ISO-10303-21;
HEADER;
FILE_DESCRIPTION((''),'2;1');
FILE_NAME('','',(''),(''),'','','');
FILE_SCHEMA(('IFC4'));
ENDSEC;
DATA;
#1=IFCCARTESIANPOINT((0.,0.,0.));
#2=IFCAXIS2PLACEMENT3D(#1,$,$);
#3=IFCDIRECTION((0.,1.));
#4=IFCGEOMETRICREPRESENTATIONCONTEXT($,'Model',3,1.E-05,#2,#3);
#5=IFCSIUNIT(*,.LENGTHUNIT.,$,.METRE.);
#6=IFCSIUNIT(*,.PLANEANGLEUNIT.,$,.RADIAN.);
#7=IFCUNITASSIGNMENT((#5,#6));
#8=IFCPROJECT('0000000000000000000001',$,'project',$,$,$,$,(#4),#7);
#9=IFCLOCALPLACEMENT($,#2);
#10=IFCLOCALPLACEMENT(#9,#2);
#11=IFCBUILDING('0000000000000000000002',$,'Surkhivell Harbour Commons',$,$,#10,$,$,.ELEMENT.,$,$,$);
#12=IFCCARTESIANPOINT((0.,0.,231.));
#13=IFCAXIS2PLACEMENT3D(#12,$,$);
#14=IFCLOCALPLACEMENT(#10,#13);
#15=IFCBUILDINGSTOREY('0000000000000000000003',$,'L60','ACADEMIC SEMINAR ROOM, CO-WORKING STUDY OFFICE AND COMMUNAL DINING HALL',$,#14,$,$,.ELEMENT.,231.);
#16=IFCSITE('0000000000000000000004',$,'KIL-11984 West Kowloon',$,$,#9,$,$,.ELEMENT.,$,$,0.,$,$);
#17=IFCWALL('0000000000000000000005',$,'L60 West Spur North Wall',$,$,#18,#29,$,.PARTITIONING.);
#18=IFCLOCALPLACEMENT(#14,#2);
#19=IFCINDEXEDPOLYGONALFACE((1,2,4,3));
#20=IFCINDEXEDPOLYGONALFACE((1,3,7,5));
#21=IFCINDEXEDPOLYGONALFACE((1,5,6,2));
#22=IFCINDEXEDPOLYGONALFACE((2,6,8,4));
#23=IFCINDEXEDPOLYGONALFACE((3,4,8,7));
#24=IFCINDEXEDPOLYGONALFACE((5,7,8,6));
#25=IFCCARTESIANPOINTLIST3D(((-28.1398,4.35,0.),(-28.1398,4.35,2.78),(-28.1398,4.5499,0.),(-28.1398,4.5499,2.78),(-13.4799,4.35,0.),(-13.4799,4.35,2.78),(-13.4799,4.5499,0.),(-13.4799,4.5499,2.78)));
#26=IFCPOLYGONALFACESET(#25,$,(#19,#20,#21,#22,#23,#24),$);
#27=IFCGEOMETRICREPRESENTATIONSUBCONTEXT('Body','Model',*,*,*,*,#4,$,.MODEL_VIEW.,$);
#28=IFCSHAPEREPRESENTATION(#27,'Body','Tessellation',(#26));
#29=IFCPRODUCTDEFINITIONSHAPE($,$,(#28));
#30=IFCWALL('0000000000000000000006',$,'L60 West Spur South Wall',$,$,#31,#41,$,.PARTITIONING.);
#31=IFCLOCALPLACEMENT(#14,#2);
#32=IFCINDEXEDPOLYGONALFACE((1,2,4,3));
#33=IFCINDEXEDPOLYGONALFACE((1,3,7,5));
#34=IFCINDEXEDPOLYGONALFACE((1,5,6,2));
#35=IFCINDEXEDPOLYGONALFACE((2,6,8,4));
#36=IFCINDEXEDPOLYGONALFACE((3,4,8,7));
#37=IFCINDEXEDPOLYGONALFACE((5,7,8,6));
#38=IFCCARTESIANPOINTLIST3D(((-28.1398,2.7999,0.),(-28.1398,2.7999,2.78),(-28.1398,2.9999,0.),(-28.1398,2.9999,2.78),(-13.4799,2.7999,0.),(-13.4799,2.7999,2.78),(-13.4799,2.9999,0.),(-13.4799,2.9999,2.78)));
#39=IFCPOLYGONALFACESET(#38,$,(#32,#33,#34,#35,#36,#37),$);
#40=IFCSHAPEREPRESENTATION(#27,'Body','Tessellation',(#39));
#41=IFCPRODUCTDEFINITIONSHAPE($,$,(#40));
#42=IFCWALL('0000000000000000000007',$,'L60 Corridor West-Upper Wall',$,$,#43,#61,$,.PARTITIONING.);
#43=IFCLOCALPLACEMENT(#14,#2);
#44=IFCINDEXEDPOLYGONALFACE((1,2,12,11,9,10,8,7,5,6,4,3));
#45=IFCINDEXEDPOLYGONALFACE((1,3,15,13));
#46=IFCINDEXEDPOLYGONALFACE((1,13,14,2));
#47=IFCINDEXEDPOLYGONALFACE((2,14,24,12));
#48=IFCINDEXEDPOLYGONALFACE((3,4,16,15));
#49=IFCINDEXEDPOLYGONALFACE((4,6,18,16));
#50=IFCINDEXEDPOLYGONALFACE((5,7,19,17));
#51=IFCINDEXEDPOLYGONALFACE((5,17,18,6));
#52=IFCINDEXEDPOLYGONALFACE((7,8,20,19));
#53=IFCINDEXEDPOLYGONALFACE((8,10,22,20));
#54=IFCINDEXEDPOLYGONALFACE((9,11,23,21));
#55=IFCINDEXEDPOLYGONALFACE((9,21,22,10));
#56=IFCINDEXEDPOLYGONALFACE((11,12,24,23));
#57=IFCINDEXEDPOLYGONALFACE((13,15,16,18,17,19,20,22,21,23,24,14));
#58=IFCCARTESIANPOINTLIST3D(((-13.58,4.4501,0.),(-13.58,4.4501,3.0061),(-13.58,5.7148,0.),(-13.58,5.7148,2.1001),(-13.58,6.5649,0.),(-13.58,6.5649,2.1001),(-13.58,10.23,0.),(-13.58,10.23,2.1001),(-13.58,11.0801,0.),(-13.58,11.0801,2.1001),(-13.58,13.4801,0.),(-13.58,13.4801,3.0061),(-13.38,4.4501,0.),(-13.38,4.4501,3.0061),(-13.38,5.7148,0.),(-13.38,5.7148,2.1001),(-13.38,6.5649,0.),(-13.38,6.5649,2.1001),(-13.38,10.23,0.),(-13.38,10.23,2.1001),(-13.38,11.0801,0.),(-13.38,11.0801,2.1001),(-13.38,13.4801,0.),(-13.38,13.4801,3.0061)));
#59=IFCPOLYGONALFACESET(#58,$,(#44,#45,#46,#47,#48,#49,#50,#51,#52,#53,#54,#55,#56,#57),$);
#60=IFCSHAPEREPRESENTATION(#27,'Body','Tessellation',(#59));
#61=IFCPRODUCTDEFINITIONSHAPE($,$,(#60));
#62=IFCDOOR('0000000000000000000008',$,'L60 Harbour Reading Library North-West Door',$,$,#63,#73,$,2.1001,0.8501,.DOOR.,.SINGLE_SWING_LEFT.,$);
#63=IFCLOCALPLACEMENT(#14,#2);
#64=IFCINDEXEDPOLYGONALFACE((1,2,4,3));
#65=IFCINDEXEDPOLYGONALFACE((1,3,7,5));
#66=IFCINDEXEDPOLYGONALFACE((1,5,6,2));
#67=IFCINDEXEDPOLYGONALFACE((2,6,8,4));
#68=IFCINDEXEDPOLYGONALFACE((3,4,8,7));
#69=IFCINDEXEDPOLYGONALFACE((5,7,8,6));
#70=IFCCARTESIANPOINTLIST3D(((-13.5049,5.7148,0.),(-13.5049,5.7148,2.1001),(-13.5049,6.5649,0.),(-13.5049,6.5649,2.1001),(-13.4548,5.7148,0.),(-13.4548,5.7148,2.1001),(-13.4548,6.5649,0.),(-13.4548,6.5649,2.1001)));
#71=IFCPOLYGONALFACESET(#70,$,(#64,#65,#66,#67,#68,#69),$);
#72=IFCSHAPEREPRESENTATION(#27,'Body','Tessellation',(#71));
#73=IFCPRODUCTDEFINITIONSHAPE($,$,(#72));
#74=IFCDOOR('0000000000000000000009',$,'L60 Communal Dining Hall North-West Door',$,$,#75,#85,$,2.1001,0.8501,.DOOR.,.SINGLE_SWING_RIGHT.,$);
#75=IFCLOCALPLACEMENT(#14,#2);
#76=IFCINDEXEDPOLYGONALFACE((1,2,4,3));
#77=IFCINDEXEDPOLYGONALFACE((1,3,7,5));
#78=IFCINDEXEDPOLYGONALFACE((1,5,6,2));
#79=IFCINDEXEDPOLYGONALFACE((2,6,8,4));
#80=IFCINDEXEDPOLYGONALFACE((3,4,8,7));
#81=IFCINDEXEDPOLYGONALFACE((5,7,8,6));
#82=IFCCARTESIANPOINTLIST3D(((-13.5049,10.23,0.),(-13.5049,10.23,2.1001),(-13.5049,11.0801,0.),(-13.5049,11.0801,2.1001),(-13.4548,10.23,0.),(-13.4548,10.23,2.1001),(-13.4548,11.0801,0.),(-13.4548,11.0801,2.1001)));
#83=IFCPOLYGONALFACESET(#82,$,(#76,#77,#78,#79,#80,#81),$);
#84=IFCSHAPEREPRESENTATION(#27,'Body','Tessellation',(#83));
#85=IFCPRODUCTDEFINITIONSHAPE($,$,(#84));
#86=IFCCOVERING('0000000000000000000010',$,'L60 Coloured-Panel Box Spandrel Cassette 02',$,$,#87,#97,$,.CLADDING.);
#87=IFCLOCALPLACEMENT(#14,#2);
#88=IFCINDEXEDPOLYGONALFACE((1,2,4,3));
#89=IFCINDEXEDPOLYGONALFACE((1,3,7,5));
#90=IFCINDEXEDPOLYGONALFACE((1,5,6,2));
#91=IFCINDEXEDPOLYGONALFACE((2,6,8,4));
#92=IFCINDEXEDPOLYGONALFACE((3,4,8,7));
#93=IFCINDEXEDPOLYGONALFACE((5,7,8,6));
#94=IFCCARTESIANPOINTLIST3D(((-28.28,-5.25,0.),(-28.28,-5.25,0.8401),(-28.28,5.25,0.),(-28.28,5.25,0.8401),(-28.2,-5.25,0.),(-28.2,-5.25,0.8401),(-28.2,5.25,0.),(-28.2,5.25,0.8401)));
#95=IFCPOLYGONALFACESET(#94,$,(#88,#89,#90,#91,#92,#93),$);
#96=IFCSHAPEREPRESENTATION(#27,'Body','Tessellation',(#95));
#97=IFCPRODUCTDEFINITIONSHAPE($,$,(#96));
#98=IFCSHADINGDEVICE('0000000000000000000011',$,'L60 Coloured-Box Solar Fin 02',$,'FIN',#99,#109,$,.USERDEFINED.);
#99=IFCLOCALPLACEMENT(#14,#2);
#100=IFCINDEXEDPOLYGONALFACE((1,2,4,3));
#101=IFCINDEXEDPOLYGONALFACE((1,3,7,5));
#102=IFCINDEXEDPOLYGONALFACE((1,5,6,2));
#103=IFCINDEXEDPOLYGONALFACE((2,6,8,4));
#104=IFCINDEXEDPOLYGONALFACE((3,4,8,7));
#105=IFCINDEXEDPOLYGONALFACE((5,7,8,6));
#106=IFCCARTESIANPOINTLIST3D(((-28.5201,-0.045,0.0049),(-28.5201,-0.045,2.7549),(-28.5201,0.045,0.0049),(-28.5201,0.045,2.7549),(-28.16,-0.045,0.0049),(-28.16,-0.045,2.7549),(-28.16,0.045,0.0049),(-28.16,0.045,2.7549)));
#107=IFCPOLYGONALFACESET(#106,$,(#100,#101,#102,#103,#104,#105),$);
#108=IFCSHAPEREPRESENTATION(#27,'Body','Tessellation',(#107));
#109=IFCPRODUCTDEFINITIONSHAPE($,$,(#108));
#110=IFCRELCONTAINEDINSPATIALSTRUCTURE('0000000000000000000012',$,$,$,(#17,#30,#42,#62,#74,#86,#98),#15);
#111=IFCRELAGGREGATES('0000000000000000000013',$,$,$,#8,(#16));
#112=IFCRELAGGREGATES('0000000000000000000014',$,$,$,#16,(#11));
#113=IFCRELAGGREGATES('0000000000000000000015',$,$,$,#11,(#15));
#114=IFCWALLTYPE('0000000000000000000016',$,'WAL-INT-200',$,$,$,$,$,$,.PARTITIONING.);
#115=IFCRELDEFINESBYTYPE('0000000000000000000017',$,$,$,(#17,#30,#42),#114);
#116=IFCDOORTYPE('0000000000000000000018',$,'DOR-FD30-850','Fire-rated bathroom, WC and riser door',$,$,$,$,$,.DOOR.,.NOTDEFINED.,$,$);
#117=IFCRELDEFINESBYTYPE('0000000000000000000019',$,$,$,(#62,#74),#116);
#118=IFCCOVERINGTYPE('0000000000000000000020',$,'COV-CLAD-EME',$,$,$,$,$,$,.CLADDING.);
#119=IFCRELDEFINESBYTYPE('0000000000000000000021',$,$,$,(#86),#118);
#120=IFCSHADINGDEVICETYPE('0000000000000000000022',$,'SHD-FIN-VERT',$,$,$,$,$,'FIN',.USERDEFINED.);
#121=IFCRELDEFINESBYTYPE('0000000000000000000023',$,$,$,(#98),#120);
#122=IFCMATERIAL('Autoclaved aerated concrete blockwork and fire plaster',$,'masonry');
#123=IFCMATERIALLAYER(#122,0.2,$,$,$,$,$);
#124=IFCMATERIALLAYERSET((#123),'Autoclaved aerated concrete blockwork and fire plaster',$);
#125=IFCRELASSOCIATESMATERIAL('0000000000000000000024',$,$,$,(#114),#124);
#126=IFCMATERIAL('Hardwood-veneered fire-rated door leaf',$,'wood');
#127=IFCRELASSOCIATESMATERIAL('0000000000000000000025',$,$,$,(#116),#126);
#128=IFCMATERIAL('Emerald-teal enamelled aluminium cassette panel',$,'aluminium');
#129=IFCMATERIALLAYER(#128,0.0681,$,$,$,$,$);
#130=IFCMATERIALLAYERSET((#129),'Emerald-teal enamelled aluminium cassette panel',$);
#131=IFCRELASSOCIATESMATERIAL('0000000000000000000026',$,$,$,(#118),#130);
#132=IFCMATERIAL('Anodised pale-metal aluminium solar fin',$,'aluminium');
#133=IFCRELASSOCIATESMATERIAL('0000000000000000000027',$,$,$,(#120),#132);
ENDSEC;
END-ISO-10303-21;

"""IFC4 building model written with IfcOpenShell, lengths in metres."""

from ifc_helpers import new_model, si_unit, direction, frame, frame_2d, origin, origin_2d, place, context, subcontext, project, spatial, rectangle, extrude, material, layer, layer_set, type_object, element, fill, save


model = new_model("IFC4")

# Units and contexts
model_context = context("Model", 3, precision=1e-05, world=origin(), true_north=direction((0.0, 1.0)))
body_context = subcontext(model_context, "Body", "Model", "MODEL_VIEW")
ifc_project = project(units=[si_unit("LENGTHUNIT", "METRE"), si_unit("PLANEANGLEUNIT", "RADIAN")], contexts=[model_context])

# Site, building, storey
site_placement = place(None, origin())
site = spatial("IfcSite", under=ifc_project, at=site_placement, Name="KIL-11984 West Kowloon", CompositionType="ELEMENT", RefElevation=0.0)
building_placement = place(site_placement, origin())
building = spatial("IfcBuilding", under=site, at=building_placement, Name="Surkhivell Harbour Commons", CompositionType="ELEMENT")
storey_placement = place(building_placement, frame((0.0, 0.0, 231.0)))
storey = spatial("IfcBuildingStorey", under=building, at=storey_placement, Name="L60", Description="ACADEMIC SEMINAR ROOM, CO-WORKING STUDY OFFICE AND COMMUNAL DINING HALL", CompositionType="ELEMENT", Elevation=231.0)

# Walls
ifc_material_1 = material(Name="Autoclaved aerated concrete blockwork and fire plaster", Category="masonry")
ifc_layer_1 = layer(ifc_material_1, 0.2)
ifc_layer_set_1 = layer_set([ifc_layer_1], Name="Autoclaved aerated concrete blockwork and fire plaster")
wall_type_1 = type_object("IfcWallType", Name="WAL-INT-200", PredefinedType="PARTITIONING", material=ifc_layer_set_1)
for number, where, z_axis, x_axis, name in (
    (1, (-28.1399, 4.45, 0.0), (0.0, 0.0, 1.0), (1.0, 0.0, 0.0), "L60 West Spur North Wall"),
    (2, (-28.1399, 2.8999, 0.0), (0.0, 0.0, 1.0), (1.0, 0.0, 0.0), "L60 West Spur South Wall"),
):
    element("IfcWall", number, at=place(storey_placement, frame(where, z_axis=z_axis, x_axis=x_axis)), inside=storey, type_object=wall_type_1, Name=name, PredefinedType="PARTITIONING", context=body_context, shape_type="SweptSolid", body=[
        extrude(rectangle(XDim=14.6599, YDim=0.2, at=frame_2d((7.3301, 0.0))), origin(), (0.0, 0.0, 1.0), 2.78),
    ])

# Wall, openings, doors
wall_1_placement = place(storey_placement, frame((-13.48, 4.45, 0.0), z_axis=(0.0, 0.0, 1.0), x_axis=(0.0, 1.0, 0.0)))
wall_1 = element("IfcWall", 3, at=wall_1_placement, inside=storey, type_object=wall_type_1, Name="L60 Corridor West-Upper Wall", PredefinedType="PARTITIONING", context=body_context, shape_type="SweptSolid", body=[
    extrude(rectangle(XDim=9.03, YDim=0.2, at=frame_2d((4.5151, 0.0))), origin(), (0.0, 0.0, 1.0), 3.0061),
])
opening_1_placement = place(wall_1_placement, frame((1.2649, 0.0, 0.0)))
opening_1 = element("IfcOpeningElement", 4, at=opening_1_placement, cuts=wall_1, PredefinedType="OPENING", context=body_context, shape_type="SweptSolid", body=[
    extrude(rectangle(XDim=0.8501, YDim=2.1001, at=frame_2d((0.425, 1.05))), frame((0.0, 0.1099, 0.0), z_axis=(0.0, -1.0, 0.0), x_axis=(1.0, 0.0, 0.0)), (0.0, 0.0, 1.0), 0.22),
])
opening_2_placement = place(wall_1_placement, frame((5.78, 0.0, 0.0)))
opening_2 = element("IfcOpeningElement", 5, at=opening_2_placement, cuts=wall_1, PredefinedType="OPENING", context=body_context, shape_type="SweptSolid", body=[
    extrude(rectangle(XDim=0.8501, YDim=2.1001, at=frame_2d((0.425, 1.05))), frame((0.0, 0.1099, 0.0), z_axis=(0.0, -1.0, 0.0), x_axis=(1.0, 0.0, 0.0)), (0.0, 0.0, 1.0), 0.22),
])
ifc_material_2 = material(Name="Hardwood-veneered fire-rated door leaf", Category="wood")
door_type = type_object("IfcDoorType", Name="DOR-FD30-850", Description="Fire-rated bathroom, WC and riser door", OperationType="NOTDEFINED", PredefinedType="DOOR", material=ifc_material_2)
door_1_placement = place(opening_1_placement, origin())
door_1 = element("IfcDoor", 6, at=door_1_placement, inside=storey, type_object=door_type, Name="L60 Harbour Reading Library North-West Door", OperationType="SINGLE_SWING_LEFT", OverallHeight=2.1001, OverallWidth=0.8501, PredefinedType="DOOR", context=body_context, shape_type="SweptSolid", body=[
    extrude(rectangle(XDim=0.8501, YDim=2.1001, at=frame_2d((0.425, 1.05))), frame((0.0, 0.0249, 0.0), z_axis=(0.0, -1.0, 0.0), x_axis=(1.0, 0.0, 0.0)), (0.0, 0.0, 1.0), 0.05),
])
fill(opening_1, door_1)
door_2_placement = place(opening_2_placement, origin())
door_2 = element("IfcDoor", 7, at=door_2_placement, inside=storey, type_object=door_type, Name="L60 Communal Dining Hall North-West Door", OperationType="SINGLE_SWING_RIGHT", OverallHeight=2.1001, OverallWidth=0.8501, PredefinedType="DOOR", context=body_context, shape_type="SweptSolid", body=[
    extrude(rectangle(XDim=0.8501, YDim=2.1001, at=frame_2d((0.425, 1.05))), frame((0.0, 0.0249, 0.0), z_axis=(0.0, -1.0, 0.0), x_axis=(1.0, 0.0, 0.0)), (0.0, 0.0, 1.0), 0.05),
])
fill(opening_2, door_2)

# Covering
ifc_material_3 = material(Name="Emerald-teal enamelled aluminium cassette panel", Category="aluminium")
ifc_layer_2 = layer(ifc_material_3, 0.0681)
ifc_layer_set_2 = layer_set([ifc_layer_2], Name="Emerald-teal enamelled aluminium cassette panel")
covering_type = type_object("IfcCoveringType", Name="COV-CLAD-EME", PredefinedType="CLADDING", material=ifc_layer_set_2)
covering_placement = place(storey_placement, frame((-28.24, 0.0, 0.0), z_axis=(0.0, 0.0, 1.0), x_axis=(1.0, 0.0, 0.0)))
element("IfcCovering", 8, at=covering_placement, inside=storey, type_object=covering_type, Name="L60 Coloured-Panel Box Spandrel Cassette 02", PredefinedType="CLADDING", context=body_context, shape_type="SweptSolid", body=[
    extrude(rectangle(XDim=0.0801, YDim=10.5, at=origin_2d()), origin(), (0.0, 0.0, 1.0), 0.8401),
])

# Shading device
ifc_material_4 = material(Name="Anodised pale-metal aluminium solar fin", Category="aluminium")
shading_device_type = type_object("IfcShadingDeviceType", Name="SHD-FIN-VERT", ElementType="FIN", PredefinedType="USERDEFINED", material=ifc_material_4)
shading_device_placement = place(storey_placement, frame((-28.3401, 0.0, 0.0049), z_axis=(0.0, 0.0, 1.0), x_axis=(1.0, 0.0, 0.0)))
element("IfcShadingDevice", 9, at=shading_device_placement, inside=storey, type_object=shading_device_type, Name="L60 Coloured-Box Solar Fin 02", ObjectType="FIN", PredefinedType="USERDEFINED", context=body_context, shape_type="SweptSolid", body=[
    extrude(rectangle(XDim=0.3601, YDim=0.0901, at=origin_2d()), origin(), (0.0, 0.0, 1.0), 2.75),
])

save(model, "model.ifc")
